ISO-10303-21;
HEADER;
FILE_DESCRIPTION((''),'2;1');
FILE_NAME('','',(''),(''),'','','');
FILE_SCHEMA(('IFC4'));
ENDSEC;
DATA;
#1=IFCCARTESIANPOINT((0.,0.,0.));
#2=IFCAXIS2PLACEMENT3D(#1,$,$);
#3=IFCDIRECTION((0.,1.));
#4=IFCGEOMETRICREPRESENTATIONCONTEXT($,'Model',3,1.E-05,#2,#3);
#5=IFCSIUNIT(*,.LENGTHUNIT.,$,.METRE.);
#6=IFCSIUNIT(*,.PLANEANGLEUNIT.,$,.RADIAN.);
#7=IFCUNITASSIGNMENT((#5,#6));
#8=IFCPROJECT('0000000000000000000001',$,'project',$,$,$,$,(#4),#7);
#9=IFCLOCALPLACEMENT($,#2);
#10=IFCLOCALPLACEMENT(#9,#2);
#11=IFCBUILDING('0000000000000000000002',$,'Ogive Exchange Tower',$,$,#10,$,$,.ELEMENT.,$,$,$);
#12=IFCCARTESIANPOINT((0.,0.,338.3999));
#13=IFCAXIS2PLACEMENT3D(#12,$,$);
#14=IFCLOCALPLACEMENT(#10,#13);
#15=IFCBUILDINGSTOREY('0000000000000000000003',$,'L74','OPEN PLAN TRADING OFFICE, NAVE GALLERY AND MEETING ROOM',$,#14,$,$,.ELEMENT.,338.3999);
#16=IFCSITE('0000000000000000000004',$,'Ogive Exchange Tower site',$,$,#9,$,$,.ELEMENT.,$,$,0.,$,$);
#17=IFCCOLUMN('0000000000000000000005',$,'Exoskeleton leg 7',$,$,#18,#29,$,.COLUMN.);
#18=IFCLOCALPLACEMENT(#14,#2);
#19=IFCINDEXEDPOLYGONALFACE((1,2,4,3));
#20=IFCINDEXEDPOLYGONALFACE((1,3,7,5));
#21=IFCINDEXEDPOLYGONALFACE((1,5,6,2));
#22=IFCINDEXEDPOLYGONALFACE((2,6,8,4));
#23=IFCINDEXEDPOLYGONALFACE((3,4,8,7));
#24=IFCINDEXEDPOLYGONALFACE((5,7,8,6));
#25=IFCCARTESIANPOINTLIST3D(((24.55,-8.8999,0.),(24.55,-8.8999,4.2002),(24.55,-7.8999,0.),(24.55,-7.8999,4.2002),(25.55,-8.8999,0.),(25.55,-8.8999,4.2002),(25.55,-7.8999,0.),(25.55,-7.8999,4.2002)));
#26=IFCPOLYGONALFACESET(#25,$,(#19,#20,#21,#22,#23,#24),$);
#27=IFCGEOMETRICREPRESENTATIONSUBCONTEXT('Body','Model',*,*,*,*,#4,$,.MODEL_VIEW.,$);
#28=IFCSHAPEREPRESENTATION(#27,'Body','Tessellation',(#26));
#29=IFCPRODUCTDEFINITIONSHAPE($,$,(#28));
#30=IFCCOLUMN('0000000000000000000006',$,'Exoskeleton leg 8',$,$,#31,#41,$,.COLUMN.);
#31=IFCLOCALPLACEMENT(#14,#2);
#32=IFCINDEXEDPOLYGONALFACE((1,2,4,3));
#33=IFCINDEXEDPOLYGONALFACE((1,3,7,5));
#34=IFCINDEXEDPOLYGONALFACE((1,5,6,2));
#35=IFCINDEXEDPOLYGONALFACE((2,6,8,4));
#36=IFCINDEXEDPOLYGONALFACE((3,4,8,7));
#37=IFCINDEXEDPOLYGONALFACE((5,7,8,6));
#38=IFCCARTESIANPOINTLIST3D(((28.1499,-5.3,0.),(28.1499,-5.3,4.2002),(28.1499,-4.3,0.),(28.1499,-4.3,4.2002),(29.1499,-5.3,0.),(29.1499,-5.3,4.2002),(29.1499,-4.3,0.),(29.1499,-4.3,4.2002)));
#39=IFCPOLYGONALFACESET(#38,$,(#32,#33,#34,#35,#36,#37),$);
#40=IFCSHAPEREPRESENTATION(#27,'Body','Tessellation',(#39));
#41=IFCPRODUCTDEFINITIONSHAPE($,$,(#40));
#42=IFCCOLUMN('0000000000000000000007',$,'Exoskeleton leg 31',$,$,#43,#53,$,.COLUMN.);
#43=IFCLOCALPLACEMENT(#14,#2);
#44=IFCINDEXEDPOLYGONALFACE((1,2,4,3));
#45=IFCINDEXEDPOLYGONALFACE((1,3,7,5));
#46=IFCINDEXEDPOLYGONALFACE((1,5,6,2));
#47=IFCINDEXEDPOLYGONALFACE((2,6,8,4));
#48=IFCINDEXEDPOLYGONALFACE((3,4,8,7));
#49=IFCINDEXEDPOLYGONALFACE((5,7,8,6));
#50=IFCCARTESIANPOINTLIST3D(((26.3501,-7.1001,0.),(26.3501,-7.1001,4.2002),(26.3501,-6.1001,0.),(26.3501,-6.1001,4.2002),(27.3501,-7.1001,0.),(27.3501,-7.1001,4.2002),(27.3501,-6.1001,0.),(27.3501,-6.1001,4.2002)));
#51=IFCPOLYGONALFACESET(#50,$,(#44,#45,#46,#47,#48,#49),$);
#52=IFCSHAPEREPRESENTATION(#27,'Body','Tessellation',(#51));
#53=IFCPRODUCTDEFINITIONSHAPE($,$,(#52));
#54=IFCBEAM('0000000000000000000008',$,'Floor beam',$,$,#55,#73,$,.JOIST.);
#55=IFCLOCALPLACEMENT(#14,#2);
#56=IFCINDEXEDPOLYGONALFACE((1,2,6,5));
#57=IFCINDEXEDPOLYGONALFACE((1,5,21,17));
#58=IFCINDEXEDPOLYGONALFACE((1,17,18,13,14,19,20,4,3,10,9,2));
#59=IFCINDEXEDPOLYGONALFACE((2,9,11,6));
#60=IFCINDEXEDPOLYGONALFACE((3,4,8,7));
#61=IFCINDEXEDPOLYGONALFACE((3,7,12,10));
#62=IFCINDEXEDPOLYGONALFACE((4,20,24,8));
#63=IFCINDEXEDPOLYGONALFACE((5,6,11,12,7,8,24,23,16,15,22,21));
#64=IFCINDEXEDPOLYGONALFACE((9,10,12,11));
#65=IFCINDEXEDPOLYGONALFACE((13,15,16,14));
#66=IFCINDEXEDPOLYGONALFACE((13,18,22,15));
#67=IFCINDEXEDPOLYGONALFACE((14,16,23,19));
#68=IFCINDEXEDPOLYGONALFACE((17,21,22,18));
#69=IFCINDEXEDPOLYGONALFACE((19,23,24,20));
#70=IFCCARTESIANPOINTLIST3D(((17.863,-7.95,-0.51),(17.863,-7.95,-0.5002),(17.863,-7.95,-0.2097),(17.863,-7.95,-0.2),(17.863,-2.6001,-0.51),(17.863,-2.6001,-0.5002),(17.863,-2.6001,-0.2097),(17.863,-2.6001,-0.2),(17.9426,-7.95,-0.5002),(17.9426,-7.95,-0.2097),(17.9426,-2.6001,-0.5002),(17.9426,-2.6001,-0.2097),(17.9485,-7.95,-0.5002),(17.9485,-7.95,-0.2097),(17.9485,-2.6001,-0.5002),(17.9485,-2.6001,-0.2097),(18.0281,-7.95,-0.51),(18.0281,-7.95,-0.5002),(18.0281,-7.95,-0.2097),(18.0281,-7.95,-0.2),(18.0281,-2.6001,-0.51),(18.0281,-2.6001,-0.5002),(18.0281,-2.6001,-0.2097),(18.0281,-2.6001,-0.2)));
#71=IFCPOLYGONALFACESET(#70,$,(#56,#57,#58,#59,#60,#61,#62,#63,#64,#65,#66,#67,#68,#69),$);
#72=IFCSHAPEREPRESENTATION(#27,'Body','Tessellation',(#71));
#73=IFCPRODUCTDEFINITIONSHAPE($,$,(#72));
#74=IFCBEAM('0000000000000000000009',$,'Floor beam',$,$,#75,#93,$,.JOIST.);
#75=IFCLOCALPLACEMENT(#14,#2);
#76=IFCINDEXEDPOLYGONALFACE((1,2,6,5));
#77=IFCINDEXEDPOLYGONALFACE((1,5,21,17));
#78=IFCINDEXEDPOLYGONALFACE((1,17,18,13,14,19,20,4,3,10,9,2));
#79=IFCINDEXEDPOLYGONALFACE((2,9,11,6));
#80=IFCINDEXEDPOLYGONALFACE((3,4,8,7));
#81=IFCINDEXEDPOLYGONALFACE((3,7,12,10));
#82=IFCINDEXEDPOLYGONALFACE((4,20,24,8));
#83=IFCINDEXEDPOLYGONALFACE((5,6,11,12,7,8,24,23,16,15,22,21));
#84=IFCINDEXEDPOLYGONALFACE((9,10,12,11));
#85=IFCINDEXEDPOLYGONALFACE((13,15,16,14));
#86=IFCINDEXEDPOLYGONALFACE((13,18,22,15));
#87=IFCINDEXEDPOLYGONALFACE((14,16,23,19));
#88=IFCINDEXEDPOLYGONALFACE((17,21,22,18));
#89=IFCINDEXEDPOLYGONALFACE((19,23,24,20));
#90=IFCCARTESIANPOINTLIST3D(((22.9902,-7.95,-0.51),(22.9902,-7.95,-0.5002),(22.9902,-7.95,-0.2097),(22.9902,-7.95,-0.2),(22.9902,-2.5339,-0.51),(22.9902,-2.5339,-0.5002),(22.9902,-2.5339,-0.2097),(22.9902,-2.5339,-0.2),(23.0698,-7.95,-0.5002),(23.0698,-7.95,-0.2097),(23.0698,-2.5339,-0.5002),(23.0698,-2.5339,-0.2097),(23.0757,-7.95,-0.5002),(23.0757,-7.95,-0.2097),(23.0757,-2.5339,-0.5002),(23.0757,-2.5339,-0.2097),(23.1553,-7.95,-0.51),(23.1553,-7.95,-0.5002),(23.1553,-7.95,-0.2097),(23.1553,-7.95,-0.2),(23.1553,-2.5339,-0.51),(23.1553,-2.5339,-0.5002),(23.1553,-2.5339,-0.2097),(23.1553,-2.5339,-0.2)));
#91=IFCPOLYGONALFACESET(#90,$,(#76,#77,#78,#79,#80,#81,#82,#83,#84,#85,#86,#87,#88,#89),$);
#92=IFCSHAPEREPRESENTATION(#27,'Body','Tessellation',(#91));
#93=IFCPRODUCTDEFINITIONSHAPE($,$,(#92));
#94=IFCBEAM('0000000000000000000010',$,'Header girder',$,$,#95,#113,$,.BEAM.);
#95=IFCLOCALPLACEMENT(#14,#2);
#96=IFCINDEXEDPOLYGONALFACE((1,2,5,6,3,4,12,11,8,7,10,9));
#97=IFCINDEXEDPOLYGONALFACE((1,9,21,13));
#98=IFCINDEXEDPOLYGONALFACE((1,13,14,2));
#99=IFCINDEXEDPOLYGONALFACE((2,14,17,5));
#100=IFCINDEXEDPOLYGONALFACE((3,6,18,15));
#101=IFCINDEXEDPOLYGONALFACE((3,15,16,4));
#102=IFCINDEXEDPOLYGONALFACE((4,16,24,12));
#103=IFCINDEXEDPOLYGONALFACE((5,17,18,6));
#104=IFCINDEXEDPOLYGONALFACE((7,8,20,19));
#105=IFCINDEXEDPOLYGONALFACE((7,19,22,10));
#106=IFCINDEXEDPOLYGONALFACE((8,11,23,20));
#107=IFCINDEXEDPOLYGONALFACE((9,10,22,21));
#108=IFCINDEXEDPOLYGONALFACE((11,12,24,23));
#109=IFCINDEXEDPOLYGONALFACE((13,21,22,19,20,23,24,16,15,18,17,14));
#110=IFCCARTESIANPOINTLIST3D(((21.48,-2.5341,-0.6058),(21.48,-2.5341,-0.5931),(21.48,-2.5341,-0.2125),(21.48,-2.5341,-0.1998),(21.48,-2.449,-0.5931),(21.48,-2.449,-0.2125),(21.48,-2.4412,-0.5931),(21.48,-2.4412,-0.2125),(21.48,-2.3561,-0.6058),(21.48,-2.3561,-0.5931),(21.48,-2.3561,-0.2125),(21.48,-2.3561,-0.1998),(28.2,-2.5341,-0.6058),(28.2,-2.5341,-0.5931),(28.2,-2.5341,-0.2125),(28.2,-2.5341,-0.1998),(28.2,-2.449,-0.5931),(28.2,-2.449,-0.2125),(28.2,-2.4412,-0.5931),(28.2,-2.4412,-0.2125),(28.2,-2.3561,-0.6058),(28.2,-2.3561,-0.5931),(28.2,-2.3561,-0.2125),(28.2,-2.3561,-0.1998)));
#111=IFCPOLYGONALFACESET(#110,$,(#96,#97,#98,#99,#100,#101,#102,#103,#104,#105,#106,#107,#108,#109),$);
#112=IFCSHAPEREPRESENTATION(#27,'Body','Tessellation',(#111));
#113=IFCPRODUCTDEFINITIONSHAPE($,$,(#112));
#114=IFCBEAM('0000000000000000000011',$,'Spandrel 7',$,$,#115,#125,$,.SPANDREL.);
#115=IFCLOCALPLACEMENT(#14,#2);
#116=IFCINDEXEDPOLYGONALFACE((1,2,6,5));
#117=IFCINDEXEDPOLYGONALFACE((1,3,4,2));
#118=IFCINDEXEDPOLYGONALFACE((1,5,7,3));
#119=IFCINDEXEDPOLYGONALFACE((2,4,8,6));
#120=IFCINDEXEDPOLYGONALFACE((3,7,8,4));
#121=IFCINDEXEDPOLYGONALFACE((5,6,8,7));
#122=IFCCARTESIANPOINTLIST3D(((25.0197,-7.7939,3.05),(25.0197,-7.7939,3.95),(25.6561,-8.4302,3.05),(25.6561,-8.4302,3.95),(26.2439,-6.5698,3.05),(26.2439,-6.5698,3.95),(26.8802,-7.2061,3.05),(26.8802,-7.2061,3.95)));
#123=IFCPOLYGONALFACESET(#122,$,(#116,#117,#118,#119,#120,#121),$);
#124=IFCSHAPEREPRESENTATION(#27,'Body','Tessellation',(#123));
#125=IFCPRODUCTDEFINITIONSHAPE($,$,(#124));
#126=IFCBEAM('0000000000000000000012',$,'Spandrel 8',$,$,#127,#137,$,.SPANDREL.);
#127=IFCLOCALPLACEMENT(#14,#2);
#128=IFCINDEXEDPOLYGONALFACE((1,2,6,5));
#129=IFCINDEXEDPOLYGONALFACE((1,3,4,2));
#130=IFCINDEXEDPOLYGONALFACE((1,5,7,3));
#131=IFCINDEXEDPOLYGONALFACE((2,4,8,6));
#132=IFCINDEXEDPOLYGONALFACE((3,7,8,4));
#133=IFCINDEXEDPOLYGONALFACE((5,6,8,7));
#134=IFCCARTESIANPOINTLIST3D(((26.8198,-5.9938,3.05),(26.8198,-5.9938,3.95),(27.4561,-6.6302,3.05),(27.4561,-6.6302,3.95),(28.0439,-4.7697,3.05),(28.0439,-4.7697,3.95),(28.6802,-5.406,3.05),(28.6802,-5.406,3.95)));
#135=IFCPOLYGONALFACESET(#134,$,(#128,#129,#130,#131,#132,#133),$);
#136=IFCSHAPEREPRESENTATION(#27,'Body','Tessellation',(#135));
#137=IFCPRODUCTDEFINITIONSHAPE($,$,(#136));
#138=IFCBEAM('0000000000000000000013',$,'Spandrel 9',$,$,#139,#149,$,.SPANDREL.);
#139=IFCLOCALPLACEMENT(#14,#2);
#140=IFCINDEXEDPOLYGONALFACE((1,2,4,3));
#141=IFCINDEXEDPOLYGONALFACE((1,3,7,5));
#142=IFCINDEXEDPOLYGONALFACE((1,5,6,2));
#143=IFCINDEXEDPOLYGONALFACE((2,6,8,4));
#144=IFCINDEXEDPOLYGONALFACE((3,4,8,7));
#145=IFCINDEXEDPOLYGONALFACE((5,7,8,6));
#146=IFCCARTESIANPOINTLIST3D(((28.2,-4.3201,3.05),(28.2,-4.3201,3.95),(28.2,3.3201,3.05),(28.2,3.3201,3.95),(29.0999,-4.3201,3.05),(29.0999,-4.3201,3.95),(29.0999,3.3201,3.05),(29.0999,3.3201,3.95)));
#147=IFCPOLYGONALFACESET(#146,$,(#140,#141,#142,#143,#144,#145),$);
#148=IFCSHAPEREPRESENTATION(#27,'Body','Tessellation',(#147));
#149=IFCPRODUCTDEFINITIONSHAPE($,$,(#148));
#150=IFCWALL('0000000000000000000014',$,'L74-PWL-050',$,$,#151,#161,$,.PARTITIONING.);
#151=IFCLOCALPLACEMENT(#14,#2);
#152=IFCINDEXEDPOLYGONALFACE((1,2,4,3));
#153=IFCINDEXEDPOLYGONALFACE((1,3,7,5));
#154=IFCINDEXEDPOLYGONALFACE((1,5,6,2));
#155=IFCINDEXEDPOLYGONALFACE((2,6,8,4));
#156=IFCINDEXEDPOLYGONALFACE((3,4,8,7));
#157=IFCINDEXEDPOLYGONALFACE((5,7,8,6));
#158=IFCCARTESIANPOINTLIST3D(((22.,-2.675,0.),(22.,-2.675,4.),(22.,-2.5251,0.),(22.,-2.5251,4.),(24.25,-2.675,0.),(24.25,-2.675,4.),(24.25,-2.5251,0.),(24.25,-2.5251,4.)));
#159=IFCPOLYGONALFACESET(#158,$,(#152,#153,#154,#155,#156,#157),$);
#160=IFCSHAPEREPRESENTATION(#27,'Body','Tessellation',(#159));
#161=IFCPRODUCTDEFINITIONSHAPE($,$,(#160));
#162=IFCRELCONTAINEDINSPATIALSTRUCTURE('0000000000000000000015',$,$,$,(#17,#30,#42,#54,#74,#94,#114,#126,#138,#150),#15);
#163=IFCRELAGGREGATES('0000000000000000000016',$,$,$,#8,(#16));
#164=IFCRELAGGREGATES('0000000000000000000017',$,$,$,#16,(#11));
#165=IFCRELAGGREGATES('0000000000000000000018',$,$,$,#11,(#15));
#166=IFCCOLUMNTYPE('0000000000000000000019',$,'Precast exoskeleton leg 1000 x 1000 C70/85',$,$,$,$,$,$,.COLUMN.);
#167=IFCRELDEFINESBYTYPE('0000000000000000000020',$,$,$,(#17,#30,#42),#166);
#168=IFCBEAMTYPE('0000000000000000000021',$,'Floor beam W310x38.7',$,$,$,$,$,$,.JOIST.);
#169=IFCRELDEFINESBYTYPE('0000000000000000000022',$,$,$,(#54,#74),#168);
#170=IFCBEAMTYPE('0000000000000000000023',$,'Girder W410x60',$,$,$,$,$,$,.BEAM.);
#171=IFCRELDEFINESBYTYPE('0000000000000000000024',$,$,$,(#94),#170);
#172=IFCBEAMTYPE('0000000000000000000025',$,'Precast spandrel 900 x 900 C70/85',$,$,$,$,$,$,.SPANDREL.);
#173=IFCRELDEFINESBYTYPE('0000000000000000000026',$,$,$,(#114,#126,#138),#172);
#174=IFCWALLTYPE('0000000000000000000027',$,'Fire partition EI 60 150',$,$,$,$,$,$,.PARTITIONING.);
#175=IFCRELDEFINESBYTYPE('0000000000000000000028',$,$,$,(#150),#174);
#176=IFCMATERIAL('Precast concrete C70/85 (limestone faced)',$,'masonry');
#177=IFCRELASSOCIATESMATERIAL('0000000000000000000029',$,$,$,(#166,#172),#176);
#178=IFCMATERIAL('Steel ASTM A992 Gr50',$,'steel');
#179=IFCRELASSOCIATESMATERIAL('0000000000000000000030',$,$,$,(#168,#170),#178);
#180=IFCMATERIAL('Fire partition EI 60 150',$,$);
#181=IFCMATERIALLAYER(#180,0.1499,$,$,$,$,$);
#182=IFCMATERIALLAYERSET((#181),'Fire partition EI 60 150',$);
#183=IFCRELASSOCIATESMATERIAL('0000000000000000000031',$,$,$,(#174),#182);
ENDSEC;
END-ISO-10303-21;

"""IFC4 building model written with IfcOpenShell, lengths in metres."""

from ifc_helpers import new_model, si_unit, direction, frame, frame_2d, origin, origin_2d, place, context, subcontext, project, spatial, rectangle, i_section, extrude, material, layer, layer_set, material_profile, profile_set, type_object, element, save


model = new_model("IFC4")

# Units and contexts
model_context = context("Model", 3, precision=1e-05, world=origin(), true_north=direction((0.0, 1.0)))
body_context = subcontext(model_context, "Body", "Model", "MODEL_VIEW")
ifc_project = project(units=[si_unit("LENGTHUNIT", "METRE"), si_unit("PLANEANGLEUNIT", "RADIAN")], contexts=[model_context])

# Site, building, storey
site_placement = place(None, origin())
site = spatial("IfcSite", under=ifc_project, at=site_placement, Name="Ogive Exchange Tower site", CompositionType="ELEMENT", RefElevation=0.0)
building_placement = place(site_placement, origin())
building = spatial("IfcBuilding", under=site, at=building_placement, Name="Ogive Exchange Tower", CompositionType="ELEMENT")
storey_placement = place(building_placement, frame((0.0, 0.0, 338.3999)))
storey = spatial("IfcBuildingStorey", under=building, at=storey_placement, Name="L74", Description="OPEN PLAN TRADING OFFICE, NAVE GALLERY AND MEETING ROOM", CompositionType="ELEMENT", Elevation=338.3999)

# Columns
ifc_material_1 = material(Name="Precast concrete C70/85 (limestone faced)", Category="masonry")
ifc_material_profile_1 = material_profile(ifc_material_1, rectangle(XDim=1.0, YDim=1.0, at=origin_2d()), Name="1000 x 1000")
ifc_profile_set_1 = profile_set([ifc_material_profile_1], Name="Precast concrete C70/85 (limestone faced)")
column_type = type_object("IfcColumnType", Name="Precast exoskeleton leg 1000 x 1000 C70/85", PredefinedType="COLUMN", material=ifc_profile_set_1)
for number, where, z_axis, x_axis, name in (
    (1, (25.05, -8.3999, 0.0), (0.0, 0.0, 1.0), (1.0, 0.0, 0.0), "Exoskeleton leg 7"),
    (2, (28.6499, -4.8, 0.0), (0.0, 0.0, 1.0), (1.0, 0.0, 0.0), "Exoskeleton leg 8"),
    (3, (26.8501, -6.6001, 0.0), (0.0, 0.0, 1.0), (1.0, 0.0, 0.0), "Exoskeleton leg 31"),
):
    element("IfcColumn", number, at=place(storey_placement, frame(where, z_axis=z_axis, x_axis=x_axis)), inside=storey, type_object=column_type, Name=name, PredefinedType="COLUMN", context=body_context, shape_type="SweptSolid", body=[
        extrude(rectangle(XDim=1.0, YDim=1.0, at=origin_2d()), origin(), (0.0, 0.0, 1.0), 4.2002),
    ])

# Beams
ifc_material_2 = material(Name="Steel ASTM A992 Gr50", Category="steel")
ifc_material_profile_2 = material_profile(ifc_material_2, i_section(OverallWidth=0.165, OverallDepth=0.3101, WebThickness=0.0059, FlangeThickness=0.0098, at=origin_2d()), Name="W310x38.7")
ifc_profile_set_2 = profile_set([ifc_material_profile_2], Name="Steel ASTM A992 Gr50")
beam_type_1 = type_object("IfcBeamType", Name="Floor beam W310x38.7", PredefinedType="JOIST", material=ifc_profile_set_2)
beam_1_placement = place(storey_placement, frame((17.9456, -7.95, -0.355), z_axis=(0.0, 1.0, 0.0), x_axis=(-1.0, 0.0, 0.0)))
element("IfcBeam", 4, at=beam_1_placement, inside=storey, type_object=beam_type_1, Name="Floor beam", PredefinedType="JOIST", context=body_context, shape_type="SweptSolid", body=[
    extrude(i_section(OverallWidth=0.165, OverallDepth=0.3101, WebThickness=0.0059, FlangeThickness=0.0098, at=origin_2d()), origin(), (0.0, 0.0, 1.0), 5.3499),
])
beam_2_placement = place(storey_placement, frame((23.0728, -7.95, -0.355), z_axis=(0.0, 1.0, 0.0), x_axis=(-1.0, 0.0, 0.0)))
element("IfcBeam", 5, at=beam_2_placement, inside=storey, type_object=beam_type_1, Name="Floor beam", PredefinedType="JOIST", context=body_context, shape_type="SweptSolid", body=[
    extrude(i_section(OverallWidth=0.165, OverallDepth=0.3101, WebThickness=0.0059, FlangeThickness=0.0098, at=origin_2d()), origin(), (0.0, 0.0, 1.0), 5.416),
])
ifc_material_profile_3 = material_profile(ifc_material_2, i_section(OverallWidth=0.178, OverallDepth=0.406, WebThickness=0.0078, FlangeThickness=0.0127, at=origin_2d()), Name="W410x60")
ifc_profile_set_3 = profile_set([ifc_material_profile_3], Name="Steel ASTM A992 Gr50")
beam_type_2 = type_object("IfcBeamType", Name="Girder W410x60", PredefinedType="BEAM", material=ifc_profile_set_3)
beam_3_placement = place(storey_placement, frame((21.48, -2.4451, -0.4028), z_axis=(1.0, 0.0, 0.0), x_axis=(0.0, 1.0, 0.0)))
element("IfcBeam", 6, at=beam_3_placement, inside=storey, type_object=beam_type_2, Name="Header girder", PredefinedType="BEAM", context=body_context, shape_type="SweptSolid", body=[
    extrude(i_section(OverallWidth=0.178, OverallDepth=0.406, WebThickness=0.0078, FlangeThickness=0.0127, at=origin_2d()), origin(), (0.0, 0.0, 1.0), 6.72),
])
ifc_material_profile_4 = material_profile(ifc_material_1, rectangle(XDim=0.8999, YDim=0.8999, at=origin_2d()), Name="900 x 900")
ifc_profile_set_4 = profile_set([ifc_material_profile_4], Name="Precast concrete C70/85 (limestone faced)")
beam_type_3 = type_object("IfcBeamType", Name="Precast spandrel 900 x 900 C70/85", PredefinedType="SPANDREL", material=ifc_profile_set_4)
for number, where, z_axis, x_axis, name in (
    (7, (25.3379, -8.1121, 3.5), (0.707107, 0.707107, 0.0), (-0.707107, 0.707107, 0.0), "Spandrel 7"),
    (8, (27.1379, -6.312, 3.5), (0.707107, 0.707107, 0.0), (-0.707107, 0.707107, 0.0), "Spandrel 8"),
):
    element("IfcBeam", number, at=place(storey_placement, frame(where, z_axis=z_axis, x_axis=x_axis)), inside=storey, type_object=beam_type_3, Name=name, PredefinedType="SPANDREL", context=body_context, shape_type="SweptSolid", body=[
        extrude(rectangle(XDim=0.8999, YDim=0.8999, at=origin_2d()), origin(), (0.0, 0.0, 1.0), 1.7312),
    ])
beam_4_placement = place(storey_placement, frame((28.6499, -4.3201, 3.5), z_axis=(0.0, 1.0, 0.0), x_axis=(-1.0, 0.0, 0.0)))
element("IfcBeam", 9, at=beam_4_placement, inside=storey, type_object=beam_type_3, Name="Spandrel 9", PredefinedType="SPANDREL", context=body_context, shape_type="SweptSolid", body=[
    extrude(rectangle(XDim=0.8999, YDim=0.8999, at=origin_2d()), origin(), (0.0, 0.0, 1.0), 7.6401),
])

# Wall
ifc_material_3 = material(Name="Fire partition EI 60 150")
ifc_layer_1 = layer(ifc_material_3, 0.1499)
ifc_layer_set_1 = layer_set([ifc_layer_1], Name="Fire partition EI 60 150")
wall_type_1 = type_object("IfcWallType", Name="Fire partition EI 60 150", PredefinedType="PARTITIONING", material=ifc_layer_set_1)
wall_1_placement = place(storey_placement, frame((22.0, -2.6001, 0.0), z_axis=(0.0, 0.0, 1.0), x_axis=(1.0, 0.0, 0.0)))
element("IfcWall", 10, at=wall_1_placement, inside=storey, type_object=wall_type_1, Name="L74-PWL-050", PredefinedType="PARTITIONING", context=body_context, shape_type="SweptSolid", body=[
    extrude(rectangle(XDim=2.25, YDim=0.1499, at=frame_2d((1.125, 0.0))), origin(), (0.0, 0.0, 1.0), 4.0),
])

save(model, "model.ifc")
